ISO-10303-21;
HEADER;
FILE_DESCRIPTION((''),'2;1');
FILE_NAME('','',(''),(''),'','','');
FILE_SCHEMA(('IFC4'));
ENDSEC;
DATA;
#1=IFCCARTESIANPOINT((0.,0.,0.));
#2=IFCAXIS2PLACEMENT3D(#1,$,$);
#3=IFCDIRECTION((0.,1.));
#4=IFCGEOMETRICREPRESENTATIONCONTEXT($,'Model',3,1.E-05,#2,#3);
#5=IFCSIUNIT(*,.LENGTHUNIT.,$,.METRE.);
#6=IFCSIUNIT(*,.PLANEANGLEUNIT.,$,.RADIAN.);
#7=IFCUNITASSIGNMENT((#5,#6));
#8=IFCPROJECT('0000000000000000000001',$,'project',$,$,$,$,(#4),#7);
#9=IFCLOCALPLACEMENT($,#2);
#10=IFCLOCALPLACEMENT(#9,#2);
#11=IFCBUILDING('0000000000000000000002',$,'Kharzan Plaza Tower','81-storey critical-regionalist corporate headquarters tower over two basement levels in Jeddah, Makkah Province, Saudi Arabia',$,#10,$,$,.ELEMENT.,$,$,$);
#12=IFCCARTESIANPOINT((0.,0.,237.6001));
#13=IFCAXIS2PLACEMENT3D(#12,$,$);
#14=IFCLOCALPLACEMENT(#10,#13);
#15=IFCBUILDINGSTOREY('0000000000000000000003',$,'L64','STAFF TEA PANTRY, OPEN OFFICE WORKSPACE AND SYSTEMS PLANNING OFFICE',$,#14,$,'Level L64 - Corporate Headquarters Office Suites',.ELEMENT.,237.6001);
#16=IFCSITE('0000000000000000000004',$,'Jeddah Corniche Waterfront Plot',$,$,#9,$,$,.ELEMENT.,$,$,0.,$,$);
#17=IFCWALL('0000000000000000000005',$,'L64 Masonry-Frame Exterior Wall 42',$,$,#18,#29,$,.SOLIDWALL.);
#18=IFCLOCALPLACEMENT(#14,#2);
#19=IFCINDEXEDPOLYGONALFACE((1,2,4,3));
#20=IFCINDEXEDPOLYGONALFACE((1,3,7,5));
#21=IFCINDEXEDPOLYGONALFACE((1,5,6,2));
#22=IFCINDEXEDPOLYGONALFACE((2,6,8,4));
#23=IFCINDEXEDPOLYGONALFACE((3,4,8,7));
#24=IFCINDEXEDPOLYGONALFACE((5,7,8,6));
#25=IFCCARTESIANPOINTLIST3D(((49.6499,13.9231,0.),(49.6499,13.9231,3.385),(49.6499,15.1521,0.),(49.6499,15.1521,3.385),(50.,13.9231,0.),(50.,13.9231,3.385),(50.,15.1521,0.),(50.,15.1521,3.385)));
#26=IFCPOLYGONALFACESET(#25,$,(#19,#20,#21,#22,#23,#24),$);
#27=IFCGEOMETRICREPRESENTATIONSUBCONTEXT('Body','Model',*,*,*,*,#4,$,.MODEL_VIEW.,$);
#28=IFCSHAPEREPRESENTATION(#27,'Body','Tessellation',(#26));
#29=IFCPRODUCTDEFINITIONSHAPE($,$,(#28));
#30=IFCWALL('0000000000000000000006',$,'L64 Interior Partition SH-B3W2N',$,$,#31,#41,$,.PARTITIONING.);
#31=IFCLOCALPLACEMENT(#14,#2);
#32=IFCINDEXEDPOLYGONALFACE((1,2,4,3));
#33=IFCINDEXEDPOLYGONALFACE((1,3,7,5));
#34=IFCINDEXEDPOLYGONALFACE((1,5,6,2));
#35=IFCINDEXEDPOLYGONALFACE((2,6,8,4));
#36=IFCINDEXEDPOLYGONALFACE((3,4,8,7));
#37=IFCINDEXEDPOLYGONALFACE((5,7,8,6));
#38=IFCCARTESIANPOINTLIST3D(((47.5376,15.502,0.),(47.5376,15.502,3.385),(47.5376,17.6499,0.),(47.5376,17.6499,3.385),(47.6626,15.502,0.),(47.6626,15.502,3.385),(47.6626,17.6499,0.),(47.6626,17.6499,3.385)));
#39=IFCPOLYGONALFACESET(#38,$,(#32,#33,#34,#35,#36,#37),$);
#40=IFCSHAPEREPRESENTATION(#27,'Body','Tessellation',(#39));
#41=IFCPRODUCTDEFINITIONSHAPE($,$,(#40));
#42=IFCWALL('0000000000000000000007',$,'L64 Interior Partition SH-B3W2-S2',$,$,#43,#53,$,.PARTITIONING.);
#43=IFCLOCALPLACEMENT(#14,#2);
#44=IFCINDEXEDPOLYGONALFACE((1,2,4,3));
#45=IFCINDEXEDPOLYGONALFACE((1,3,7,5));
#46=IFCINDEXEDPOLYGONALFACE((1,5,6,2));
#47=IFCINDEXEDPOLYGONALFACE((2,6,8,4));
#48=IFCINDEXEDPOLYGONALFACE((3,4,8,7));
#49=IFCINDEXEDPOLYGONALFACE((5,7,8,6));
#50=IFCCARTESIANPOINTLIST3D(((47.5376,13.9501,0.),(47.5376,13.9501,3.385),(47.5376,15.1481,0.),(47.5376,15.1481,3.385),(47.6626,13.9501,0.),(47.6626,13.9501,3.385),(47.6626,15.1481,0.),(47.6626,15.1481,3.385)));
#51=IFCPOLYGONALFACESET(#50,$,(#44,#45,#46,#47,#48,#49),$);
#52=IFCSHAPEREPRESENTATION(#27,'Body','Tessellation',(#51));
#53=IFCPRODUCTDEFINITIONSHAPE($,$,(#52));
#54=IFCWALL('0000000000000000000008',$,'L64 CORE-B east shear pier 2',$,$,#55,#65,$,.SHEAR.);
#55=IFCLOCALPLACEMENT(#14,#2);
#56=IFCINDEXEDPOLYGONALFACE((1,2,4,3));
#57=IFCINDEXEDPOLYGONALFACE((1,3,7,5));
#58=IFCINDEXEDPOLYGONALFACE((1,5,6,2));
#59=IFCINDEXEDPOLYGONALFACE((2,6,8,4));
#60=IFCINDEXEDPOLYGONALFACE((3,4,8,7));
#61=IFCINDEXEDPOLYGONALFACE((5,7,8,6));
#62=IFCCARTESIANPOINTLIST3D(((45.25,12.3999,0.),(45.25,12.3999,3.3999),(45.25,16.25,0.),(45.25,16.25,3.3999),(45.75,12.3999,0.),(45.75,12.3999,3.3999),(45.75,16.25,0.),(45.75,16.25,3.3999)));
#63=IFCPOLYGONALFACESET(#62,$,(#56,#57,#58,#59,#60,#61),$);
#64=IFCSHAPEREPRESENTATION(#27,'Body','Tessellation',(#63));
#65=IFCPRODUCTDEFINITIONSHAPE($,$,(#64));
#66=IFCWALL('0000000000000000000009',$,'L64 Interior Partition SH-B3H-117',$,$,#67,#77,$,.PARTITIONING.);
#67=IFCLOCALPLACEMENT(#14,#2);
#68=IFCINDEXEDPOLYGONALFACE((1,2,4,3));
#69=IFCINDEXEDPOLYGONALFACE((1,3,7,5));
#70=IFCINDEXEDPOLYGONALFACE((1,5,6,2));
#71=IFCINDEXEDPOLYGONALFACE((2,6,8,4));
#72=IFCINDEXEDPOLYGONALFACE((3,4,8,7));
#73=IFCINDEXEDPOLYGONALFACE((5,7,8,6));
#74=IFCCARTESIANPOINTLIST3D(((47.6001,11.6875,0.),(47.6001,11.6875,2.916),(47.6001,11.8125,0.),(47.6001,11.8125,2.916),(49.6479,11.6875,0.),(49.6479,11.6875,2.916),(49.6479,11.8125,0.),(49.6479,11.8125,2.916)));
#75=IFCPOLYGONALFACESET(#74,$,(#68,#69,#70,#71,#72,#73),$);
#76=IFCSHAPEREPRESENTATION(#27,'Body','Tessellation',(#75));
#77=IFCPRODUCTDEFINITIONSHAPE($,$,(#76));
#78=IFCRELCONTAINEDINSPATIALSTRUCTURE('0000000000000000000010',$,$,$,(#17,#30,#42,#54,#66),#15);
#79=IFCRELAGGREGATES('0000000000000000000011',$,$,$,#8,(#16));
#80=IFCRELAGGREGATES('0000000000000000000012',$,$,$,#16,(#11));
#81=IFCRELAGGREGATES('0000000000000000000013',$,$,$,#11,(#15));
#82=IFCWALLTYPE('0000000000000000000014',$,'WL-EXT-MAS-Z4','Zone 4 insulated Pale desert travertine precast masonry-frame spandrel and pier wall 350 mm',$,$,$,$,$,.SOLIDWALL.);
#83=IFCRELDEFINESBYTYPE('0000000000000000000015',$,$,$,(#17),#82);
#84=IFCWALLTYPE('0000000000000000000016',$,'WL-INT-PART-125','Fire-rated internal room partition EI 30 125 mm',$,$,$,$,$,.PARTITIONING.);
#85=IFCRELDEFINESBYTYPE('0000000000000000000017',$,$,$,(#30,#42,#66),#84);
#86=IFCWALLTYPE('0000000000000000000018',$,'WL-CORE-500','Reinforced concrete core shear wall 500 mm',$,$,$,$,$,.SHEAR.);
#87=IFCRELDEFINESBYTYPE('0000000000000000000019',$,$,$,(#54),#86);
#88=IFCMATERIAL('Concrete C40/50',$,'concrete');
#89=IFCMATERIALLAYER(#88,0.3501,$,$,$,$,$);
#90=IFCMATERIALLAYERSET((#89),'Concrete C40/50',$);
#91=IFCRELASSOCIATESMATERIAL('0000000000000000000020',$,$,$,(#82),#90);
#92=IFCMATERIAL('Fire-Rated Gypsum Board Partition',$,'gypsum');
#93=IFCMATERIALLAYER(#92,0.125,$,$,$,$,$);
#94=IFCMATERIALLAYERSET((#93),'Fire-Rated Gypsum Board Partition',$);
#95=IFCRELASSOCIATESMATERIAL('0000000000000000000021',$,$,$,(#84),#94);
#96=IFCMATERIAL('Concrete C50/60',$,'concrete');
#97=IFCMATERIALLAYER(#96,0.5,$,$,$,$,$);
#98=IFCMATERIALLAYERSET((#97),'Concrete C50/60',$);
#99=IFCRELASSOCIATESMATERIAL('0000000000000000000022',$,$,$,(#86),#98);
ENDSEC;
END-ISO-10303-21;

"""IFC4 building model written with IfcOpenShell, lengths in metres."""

from ifc_helpers import new_model, si_unit, direction, frame, frame_2d, origin, place, context, subcontext, project, spatial, rectangle, extrude, source, transform, mapped, material, layer, layer_set, type_object, element, save


model = new_model("IFC4")

# Units and contexts
model_context = context("Model", 3, precision=1e-05, world=origin(), true_north=direction((0.0, 1.0)))
body_context = subcontext(model_context, "Body", "Model", "MODEL_VIEW")
ifc_project = project(units=[si_unit("LENGTHUNIT", "METRE"), si_unit("PLANEANGLEUNIT", "RADIAN")], contexts=[model_context])

# Site, building, storey
site_placement = place(None, origin())
site = spatial("IfcSite", under=ifc_project, at=site_placement, Name="Jeddah Corniche Waterfront Plot", CompositionType="ELEMENT", RefElevation=0.0)
building_placement = place(site_placement, origin())
building = spatial("IfcBuilding", under=site, at=building_placement, Name="Kharzan Plaza Tower", Description="81-storey critical-regionalist corporate headquarters tower over two basement levels in Jeddah, Makkah Province, Saudi Arabia", CompositionType="ELEMENT")
storey_placement = place(building_placement, frame((0.0, 0.0, 237.6001)))
storey = spatial("IfcBuildingStorey", under=building, at=storey_placement, Name="L64", Description="STAFF TEA PANTRY, OPEN OFFICE WORKSPACE AND SYSTEMS PLANNING OFFICE", LongName="Level L64 - Corporate Headquarters Office Suites", CompositionType="ELEMENT", Elevation=237.6001)

# Shared definitions
ifc_material_1 = material(Name="Concrete C50/60", Category="concrete")

# Shared definitions
ifc_material_2 = material(Name="Concrete C40/50", Category="concrete")
ifc_layer_1 = layer(ifc_material_2, 0.3501)
ifc_layer_set_1 = layer_set([ifc_layer_1], Name="Concrete C40/50")
wall_type_1 = type_object("IfcWallType", Name="WL-EXT-MAS-Z4", Description="Zone 4 insulated Pale desert travertine precast masonry-frame spandrel and pier wall 350 mm", PredefinedType="SOLIDWALL", material=ifc_layer_set_1)

# Shared definitions
ifc_material_3 = material(Name="Fire-Rated Gypsum Board Partition", Category="gypsum")
ifc_layer_2 = layer(ifc_material_3, 0.125)
ifc_layer_set_2 = layer_set([ifc_layer_2], Name="Fire-Rated Gypsum Board Partition")
wall_type_2 = type_object("IfcWallType", Name="WL-INT-PART-125", Description="Fire-rated internal room partition EI 30 125 mm", PredefinedType="PARTITIONING", material=ifc_layer_set_2)

# Walls
shared_shape_1 = source(origin(), body_context, "Body", "SweptSolid", [
    extrude(rectangle(XDim=1.229, YDim=0.3501, at=frame_2d((0.6145, 0.0))), origin(), (0.0, 0.0, 1.0), 3.385),
])
wall_1_placement = place(storey_placement, frame((49.825, 13.9231, 0.0), z_axis=(0.0, 0.0, 1.0), x_axis=(0.0, 1.0, 0.0)))
element("IfcWall", 1, at=wall_1_placement, inside=storey, type_object=wall_type_1, Name="L64 Masonry-Frame Exterior Wall 42", PredefinedType="SOLIDWALL", context=body_context, shape_type="MappedRepresentation", body=[
    mapped(shared_shape_1, transform((0.0, 0.0, 0.0), x_axis=(1.0, 0.0, 0.0), y_axis=(0.0, 1.0, 0.0), z_axis=(0.0, 0.0, 1.0))),
])
shared_shape_2 = source(origin(), body_context, "Body", "SweptSolid", [
    extrude(rectangle(XDim=2.1479, YDim=0.125, at=frame_2d((1.074, 0.0))), origin(), (0.0, 0.0, 1.0), 3.385),
])
wall_2_placement = place(storey_placement, frame((47.6001, 15.502, 0.0), z_axis=(0.0, 0.0, 1.0), x_axis=(0.0, 1.0, 0.0)))
element("IfcWall", 2, at=wall_2_placement, inside=storey, type_object=wall_type_2, Name="L64 Interior Partition SH-B3W2N", PredefinedType="PARTITIONING", context=body_context, shape_type="MappedRepresentation", body=[
    mapped(shared_shape_2, transform((0.0, 0.0, 0.0), x_axis=(1.0, 0.0, 0.0), y_axis=(0.0, 1.0, 0.0), z_axis=(0.0, 0.0, 1.0))),
])
shared_shape_3 = source(origin(), body_context, "Body", "SweptSolid", [
    extrude(rectangle(XDim=1.198, YDim=0.125, at=frame_2d((0.5991, 0.0))), origin(), (0.0, 0.0, 1.0), 3.385),
])
wall_3_placement = place(storey_placement, frame((47.6001, 13.95, 0.0), z_axis=(0.0, 0.0, 1.0), x_axis=(0.0, 1.0, 0.0)))
element("IfcWall", 3, at=wall_3_placement, inside=storey, type_object=wall_type_2, Name="L64 Interior Partition SH-B3W2-S2", PredefinedType="PARTITIONING", context=body_context, shape_type="MappedRepresentation", body=[
    mapped(shared_shape_3, transform((0.0, 0.0, 0.0), x_axis=(1.0, 0.0, 0.0), y_axis=(0.0, 1.0, 0.0), z_axis=(0.0, 0.0, 1.0))),
])
ifc_layer_3 = layer(ifc_material_1, 0.5)
ifc_layer_set_3 = layer_set([ifc_layer_3], Name="Concrete C50/60")
wall_type_3 = type_object("IfcWallType", Name="WL-CORE-500", Description="Reinforced concrete core shear wall 500 mm", PredefinedType="SHEAR", material=ifc_layer_set_3)
shared_shape_4 = source(origin(), body_context, "Body", "SweptSolid", [
    extrude(rectangle(XDim=3.8501, YDim=0.5, at=frame_2d((1.925, 0.0))), origin(), (0.0, 0.0, 1.0), 3.3999),
])
wall_4_placement = place(storey_placement, frame((45.5, 12.3999, 0.0), z_axis=(0.0, 0.0, 1.0), x_axis=(0.0, 1.0, 0.0)))
element("IfcWall", 4, at=wall_4_placement, inside=storey, type_object=wall_type_3, Name="L64 CORE-B east shear pier 2", PredefinedType="SHEAR", context=body_context, shape_type="MappedRepresentation", body=[
    mapped(shared_shape_4, transform((0.0, 0.0, 0.0), x_axis=(1.0, 0.0, 0.0), y_axis=(0.0, 1.0, 0.0), z_axis=(0.0, 0.0, 1.0))),
])
shared_shape_5 = source(origin(), body_context, "Body", "SweptSolid", [
    extrude(rectangle(XDim=2.0479, YDim=0.125, at=frame_2d((1.0239, 0.0))), origin(), (0.0, 0.0, 1.0), 2.916),
])
wall_5_placement = place(storey_placement, frame((47.6001, 11.75, 0.0), z_axis=(0.0, 0.0, 1.0), x_axis=(1.0, 0.0, 0.0)))
element("IfcWall", 5, at=wall_5_placement, inside=storey, type_object=wall_type_2, Name="L64 Interior Partition SH-B3H-117", PredefinedType="PARTITIONING", context=body_context, shape_type="MappedRepresentation", body=[
    mapped(shared_shape_5, transform((0.0, 0.0, 0.0), x_axis=(1.0, 0.0, 0.0), y_axis=(0.0, 1.0, 0.0), z_axis=(0.0, 0.0, 1.0))),
])

save(model, "model.ifc")
